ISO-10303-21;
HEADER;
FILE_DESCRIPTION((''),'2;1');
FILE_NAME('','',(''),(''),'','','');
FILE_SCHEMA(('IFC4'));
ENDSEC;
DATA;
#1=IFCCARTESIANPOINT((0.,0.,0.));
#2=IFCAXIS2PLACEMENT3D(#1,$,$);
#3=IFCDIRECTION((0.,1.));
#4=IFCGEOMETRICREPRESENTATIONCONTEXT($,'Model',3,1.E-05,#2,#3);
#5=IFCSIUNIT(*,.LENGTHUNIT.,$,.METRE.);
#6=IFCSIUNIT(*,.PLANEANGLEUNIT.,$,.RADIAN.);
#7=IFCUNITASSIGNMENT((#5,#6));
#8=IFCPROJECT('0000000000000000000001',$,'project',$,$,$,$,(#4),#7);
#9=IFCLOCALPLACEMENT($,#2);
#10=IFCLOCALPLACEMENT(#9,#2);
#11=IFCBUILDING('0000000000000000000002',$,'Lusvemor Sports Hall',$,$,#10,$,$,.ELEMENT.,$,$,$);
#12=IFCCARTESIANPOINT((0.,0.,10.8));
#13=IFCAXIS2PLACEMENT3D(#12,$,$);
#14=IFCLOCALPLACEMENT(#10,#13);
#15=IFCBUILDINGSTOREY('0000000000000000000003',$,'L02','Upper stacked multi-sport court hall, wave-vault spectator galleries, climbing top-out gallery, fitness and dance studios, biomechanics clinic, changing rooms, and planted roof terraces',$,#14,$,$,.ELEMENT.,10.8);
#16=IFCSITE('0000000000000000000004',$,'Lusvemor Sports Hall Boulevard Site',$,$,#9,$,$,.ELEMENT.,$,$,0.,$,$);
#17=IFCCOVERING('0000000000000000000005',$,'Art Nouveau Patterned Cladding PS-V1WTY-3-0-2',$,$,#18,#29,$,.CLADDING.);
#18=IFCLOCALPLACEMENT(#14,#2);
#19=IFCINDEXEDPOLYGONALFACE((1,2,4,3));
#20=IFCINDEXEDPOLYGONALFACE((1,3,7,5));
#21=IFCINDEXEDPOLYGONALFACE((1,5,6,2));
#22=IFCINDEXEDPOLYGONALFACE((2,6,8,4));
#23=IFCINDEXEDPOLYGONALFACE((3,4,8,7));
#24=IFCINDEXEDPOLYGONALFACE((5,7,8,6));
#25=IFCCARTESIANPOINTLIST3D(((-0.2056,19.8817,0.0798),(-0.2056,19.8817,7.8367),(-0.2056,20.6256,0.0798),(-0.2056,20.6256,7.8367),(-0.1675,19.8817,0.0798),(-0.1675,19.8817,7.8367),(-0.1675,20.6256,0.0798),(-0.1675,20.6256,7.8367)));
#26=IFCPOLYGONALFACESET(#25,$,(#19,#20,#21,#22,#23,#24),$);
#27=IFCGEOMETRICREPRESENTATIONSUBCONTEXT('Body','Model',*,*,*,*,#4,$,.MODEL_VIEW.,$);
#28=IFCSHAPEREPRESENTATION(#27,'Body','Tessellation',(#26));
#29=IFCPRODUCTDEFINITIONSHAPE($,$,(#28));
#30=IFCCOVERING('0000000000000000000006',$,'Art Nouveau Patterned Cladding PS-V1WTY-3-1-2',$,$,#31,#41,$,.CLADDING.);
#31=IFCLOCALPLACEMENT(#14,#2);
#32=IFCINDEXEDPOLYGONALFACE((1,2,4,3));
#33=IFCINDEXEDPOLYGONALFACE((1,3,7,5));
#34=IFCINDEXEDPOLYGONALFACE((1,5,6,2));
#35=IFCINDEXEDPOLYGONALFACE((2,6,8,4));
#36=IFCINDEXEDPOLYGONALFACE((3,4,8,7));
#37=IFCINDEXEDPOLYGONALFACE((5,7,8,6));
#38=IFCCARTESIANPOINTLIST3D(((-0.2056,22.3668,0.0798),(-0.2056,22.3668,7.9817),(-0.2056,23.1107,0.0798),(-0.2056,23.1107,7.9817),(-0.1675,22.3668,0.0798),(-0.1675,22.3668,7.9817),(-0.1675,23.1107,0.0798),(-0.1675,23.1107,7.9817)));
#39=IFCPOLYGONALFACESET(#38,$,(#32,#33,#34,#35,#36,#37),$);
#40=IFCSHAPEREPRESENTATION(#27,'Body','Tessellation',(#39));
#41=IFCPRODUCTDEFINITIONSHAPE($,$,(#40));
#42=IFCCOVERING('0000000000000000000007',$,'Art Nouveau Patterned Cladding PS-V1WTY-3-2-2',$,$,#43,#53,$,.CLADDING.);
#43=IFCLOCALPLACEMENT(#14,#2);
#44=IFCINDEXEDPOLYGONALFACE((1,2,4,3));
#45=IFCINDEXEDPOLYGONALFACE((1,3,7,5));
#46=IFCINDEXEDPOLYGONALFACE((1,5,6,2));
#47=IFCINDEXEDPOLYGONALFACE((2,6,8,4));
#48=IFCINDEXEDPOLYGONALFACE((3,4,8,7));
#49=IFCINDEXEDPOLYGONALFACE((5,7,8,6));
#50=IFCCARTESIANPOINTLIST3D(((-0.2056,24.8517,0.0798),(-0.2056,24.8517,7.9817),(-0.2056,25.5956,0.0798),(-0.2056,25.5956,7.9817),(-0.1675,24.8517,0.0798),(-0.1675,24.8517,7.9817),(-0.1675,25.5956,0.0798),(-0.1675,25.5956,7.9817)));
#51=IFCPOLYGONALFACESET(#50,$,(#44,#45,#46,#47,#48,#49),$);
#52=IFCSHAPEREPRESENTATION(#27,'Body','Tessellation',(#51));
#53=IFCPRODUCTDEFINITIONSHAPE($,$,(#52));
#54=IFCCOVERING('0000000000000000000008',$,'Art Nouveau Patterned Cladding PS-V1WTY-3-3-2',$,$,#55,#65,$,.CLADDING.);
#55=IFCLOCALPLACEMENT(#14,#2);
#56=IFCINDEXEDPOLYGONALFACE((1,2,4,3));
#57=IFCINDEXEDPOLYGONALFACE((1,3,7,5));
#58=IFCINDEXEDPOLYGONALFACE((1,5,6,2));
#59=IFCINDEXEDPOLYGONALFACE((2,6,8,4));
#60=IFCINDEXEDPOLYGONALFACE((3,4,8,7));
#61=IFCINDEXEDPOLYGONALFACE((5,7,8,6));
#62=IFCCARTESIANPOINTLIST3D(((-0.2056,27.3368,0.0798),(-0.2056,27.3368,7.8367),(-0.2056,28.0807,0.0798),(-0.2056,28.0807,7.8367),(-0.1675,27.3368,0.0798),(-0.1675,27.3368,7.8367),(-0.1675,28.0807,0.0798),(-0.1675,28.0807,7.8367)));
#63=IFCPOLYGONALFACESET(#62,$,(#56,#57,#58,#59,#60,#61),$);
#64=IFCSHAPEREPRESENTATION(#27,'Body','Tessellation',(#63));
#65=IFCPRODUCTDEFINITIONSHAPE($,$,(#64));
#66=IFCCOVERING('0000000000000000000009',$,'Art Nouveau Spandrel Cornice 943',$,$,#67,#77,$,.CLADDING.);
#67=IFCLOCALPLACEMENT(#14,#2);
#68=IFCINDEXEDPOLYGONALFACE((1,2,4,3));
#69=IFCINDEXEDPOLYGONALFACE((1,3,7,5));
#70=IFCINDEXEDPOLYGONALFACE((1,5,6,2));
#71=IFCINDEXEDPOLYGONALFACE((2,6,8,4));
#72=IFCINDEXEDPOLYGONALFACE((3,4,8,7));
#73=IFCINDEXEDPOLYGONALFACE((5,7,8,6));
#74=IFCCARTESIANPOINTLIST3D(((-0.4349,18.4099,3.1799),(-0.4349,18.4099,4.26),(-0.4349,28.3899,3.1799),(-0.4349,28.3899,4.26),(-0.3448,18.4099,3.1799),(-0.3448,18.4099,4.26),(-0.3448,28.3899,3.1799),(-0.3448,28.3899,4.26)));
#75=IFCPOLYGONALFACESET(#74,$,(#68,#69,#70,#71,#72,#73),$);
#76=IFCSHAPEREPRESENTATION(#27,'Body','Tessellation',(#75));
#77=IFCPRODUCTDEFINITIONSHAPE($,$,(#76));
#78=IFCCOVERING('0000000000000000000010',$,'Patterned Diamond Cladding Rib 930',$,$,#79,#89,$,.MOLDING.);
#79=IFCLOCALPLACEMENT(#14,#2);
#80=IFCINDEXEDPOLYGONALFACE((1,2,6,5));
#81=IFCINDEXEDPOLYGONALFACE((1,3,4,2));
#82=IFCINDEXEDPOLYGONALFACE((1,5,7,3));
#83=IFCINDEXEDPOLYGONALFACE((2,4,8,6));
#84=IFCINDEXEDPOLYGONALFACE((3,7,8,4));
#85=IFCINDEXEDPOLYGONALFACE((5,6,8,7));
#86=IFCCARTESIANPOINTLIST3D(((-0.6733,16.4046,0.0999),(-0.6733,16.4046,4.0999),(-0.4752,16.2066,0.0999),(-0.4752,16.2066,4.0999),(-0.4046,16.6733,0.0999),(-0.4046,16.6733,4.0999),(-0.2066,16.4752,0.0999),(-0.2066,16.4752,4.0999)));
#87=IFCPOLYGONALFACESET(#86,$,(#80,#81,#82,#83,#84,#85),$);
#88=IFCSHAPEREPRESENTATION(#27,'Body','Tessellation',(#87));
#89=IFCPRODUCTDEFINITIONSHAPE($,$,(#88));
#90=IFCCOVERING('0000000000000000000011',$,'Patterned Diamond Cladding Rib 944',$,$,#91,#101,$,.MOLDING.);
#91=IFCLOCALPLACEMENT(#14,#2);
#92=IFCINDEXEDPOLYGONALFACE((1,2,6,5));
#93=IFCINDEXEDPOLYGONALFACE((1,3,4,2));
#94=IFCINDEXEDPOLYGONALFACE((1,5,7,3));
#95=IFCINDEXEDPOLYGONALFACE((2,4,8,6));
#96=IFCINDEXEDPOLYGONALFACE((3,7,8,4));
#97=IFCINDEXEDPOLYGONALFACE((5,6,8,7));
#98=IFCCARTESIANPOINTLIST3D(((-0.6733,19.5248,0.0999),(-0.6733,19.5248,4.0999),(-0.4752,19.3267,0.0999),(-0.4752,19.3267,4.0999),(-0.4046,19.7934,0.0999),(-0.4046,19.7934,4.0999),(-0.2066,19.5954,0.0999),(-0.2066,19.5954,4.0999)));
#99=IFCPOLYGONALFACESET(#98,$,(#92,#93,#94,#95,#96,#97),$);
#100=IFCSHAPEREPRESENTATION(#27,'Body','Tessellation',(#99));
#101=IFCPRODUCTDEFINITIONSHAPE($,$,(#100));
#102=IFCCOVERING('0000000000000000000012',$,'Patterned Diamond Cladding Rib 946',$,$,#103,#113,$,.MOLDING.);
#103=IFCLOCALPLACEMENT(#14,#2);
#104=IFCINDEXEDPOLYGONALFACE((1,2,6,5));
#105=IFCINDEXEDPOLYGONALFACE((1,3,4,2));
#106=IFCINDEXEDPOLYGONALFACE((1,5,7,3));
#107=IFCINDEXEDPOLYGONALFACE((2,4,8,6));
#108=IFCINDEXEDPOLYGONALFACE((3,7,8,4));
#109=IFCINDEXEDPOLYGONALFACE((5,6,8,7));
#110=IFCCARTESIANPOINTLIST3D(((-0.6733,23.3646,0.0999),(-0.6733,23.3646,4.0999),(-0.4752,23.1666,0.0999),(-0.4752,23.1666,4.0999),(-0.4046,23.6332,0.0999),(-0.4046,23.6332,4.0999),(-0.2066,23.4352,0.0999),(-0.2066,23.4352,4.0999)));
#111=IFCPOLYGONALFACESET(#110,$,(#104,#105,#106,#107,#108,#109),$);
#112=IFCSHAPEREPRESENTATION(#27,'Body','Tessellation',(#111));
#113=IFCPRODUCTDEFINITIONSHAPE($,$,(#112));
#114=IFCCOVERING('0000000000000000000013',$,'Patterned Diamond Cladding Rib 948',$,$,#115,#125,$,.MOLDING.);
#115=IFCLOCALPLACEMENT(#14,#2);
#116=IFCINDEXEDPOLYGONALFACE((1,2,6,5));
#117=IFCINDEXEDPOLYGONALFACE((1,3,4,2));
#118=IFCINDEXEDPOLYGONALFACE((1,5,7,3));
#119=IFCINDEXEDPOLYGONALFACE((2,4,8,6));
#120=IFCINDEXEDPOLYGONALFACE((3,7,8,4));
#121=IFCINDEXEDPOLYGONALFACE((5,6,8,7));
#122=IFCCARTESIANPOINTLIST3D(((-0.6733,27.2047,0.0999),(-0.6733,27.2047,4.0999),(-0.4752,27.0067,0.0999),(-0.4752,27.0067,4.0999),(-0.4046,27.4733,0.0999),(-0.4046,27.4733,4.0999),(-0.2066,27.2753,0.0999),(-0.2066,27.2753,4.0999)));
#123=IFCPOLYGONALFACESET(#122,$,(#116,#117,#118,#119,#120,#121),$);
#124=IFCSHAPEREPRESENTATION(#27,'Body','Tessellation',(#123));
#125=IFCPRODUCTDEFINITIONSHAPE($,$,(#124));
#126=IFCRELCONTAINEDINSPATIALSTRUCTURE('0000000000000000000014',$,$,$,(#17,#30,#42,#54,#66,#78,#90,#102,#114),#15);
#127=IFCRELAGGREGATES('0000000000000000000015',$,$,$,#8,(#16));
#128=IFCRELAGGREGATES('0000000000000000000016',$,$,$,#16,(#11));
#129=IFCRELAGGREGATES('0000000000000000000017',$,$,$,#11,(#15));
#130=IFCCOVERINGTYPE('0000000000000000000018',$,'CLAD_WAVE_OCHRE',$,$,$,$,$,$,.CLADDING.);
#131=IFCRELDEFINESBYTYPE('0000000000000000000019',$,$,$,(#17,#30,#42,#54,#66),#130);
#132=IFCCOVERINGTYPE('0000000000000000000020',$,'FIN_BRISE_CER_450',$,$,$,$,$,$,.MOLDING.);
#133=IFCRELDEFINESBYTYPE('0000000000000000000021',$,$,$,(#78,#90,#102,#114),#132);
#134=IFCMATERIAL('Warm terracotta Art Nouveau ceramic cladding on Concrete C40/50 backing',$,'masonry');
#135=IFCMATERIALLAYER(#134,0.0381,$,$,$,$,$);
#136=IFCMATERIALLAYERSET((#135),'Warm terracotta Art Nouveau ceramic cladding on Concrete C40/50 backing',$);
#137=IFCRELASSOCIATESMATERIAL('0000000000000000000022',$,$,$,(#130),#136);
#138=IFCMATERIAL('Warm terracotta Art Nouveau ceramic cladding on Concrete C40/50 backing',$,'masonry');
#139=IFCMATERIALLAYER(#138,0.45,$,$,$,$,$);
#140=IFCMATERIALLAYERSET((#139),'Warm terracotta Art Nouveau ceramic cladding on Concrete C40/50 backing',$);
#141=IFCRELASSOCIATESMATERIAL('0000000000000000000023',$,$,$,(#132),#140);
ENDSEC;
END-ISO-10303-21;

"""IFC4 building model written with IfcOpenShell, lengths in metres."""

from ifc_helpers import new_model, si_unit, direction, frame, origin, origin_2d, place, context, subcontext, project, spatial, rectangle, extrude, material, layer, layer_set, type_object, element, save


model = new_model("IFC4")

# Units and contexts
model_context = context("Model", 3, precision=1e-05, world=origin(), true_north=direction((0.0, 1.0)))
body_context = subcontext(model_context, "Body", "Model", "MODEL_VIEW")
ifc_project = project(units=[si_unit("LENGTHUNIT", "METRE"), si_unit("PLANEANGLEUNIT", "RADIAN")], contexts=[model_context])

# Site, building, storey
site_placement = place(None, origin())
site = spatial("IfcSite", under=ifc_project, at=site_placement, Name="Lusvemor Sports Hall Boulevard Site", CompositionType="ELEMENT", RefElevation=0.0)
building_placement = place(site_placement, origin())
building = spatial("IfcBuilding", under=site, at=building_placement, Name="Lusvemor Sports Hall", CompositionType="ELEMENT")
storey_placement = place(building_placement, frame((0.0, 0.0, 10.8)))
storey = spatial("IfcBuildingStorey", under=building, at=storey_placement, Name="L02", Description="Upper stacked multi-sport court hall, wave-vault spectator galleries, climbing top-out gallery, fitness and dance studios, biomechanics clinic, changing rooms, and planted roof terraces", CompositionType="ELEMENT", Elevation=10.8)

# Coverings
ifc_material_1 = material(Name="Warm terracotta Art Nouveau ceramic cladding on Concrete C40/50 backing", Category="masonry")
ifc_layer_1 = layer(ifc_material_1, 0.0381)
ifc_layer_set_1 = layer_set([ifc_layer_1], Name="Warm terracotta Art Nouveau ceramic cladding on Concrete C40/50 backing")
covering_type_1 = type_object("IfcCoveringType", Name="CLAD_WAVE_OCHRE", PredefinedType="CLADDING", material=ifc_layer_set_1)
covering_1_placement = place(storey_placement, frame((-0.1865, 20.2537, 0.0798), z_axis=(0.0, 0.0, 1.0), x_axis=(1.0, 0.0, 0.0)))
element("IfcCovering", 1, at=covering_1_placement, inside=storey, type_object=covering_type_1, Name="Art Nouveau Patterned Cladding PS-V1WTY-3-0-2", PredefinedType="CLADDING", context=body_context, shape_type="SweptSolid", body=[
    extrude(rectangle(XDim=0.0381, YDim=0.7439, at=origin_2d()), origin(), (0.0, 0.0, 1.0), 7.7568),
])
for number, where, z_axis, x_axis, name in (
    (2, (-0.1865, 22.7388, 0.0798), (0.0, 0.0, 1.0), (1.0, 0.0, 0.0), "Art Nouveau Patterned Cladding PS-V1WTY-3-1-2"),
    (3, (-0.1865, 25.2236, 0.0798), (0.0, 0.0, 1.0), (1.0, 0.0, 0.0), "Art Nouveau Patterned Cladding PS-V1WTY-3-2-2"),
):
    element("IfcCovering", number, at=place(storey_placement, frame(where, z_axis=z_axis, x_axis=x_axis)), inside=storey, type_object=covering_type_1, Name=name, PredefinedType="CLADDING", context=body_context, shape_type="SweptSolid", body=[
        extrude(rectangle(XDim=0.0381, YDim=0.7439, at=origin_2d()), origin(), (0.0, 0.0, 1.0), 7.9019),
    ])
covering_2_placement = place(storey_placement, frame((-0.1865, 27.7087, 0.0798), z_axis=(0.0, 0.0, 1.0), x_axis=(1.0, 0.0, 0.0)))
element("IfcCovering", 4, at=covering_2_placement, inside=storey, type_object=covering_type_1, Name="Art Nouveau Patterned Cladding PS-V1WTY-3-3-2", PredefinedType="CLADDING", context=body_context, shape_type="SweptSolid", body=[
    extrude(rectangle(XDim=0.0381, YDim=0.7439, at=origin_2d()), origin(), (0.0, 0.0, 1.0), 7.7568),
])
covering_3_placement = place(storey_placement, frame((-0.3899, 23.3999, 3.1799), z_axis=(0.0, 0.0, 1.0), x_axis=(1.0, 0.0, 0.0)))
element("IfcCovering", 5, at=covering_3_placement, inside=storey, type_object=covering_type_1, Name="Art Nouveau Spandrel Cornice 943", PredefinedType="CLADDING", context=body_context, shape_type="SweptSolid", body=[
    extrude(rectangle(XDim=0.0901, YDim=9.98, at=origin_2d()), origin(), (0.0, 0.0, 1.0), 1.0801),
])
ifc_material_2 = material(Name="Warm terracotta Art Nouveau ceramic cladding on Concrete C40/50 backing", Category="masonry")
ifc_layer_2 = layer(ifc_material_2, 0.45)
ifc_layer_set_2 = layer_set([ifc_layer_2], Name="Warm terracotta Art Nouveau ceramic cladding on Concrete C40/50 backing")
covering_type_2 = type_object("IfcCoveringType", Name="FIN_BRISE_CER_450", PredefinedType="MOLDING", material=ifc_layer_set_2)
for number, where, z_axis, x_axis, name in (
    (6, (-0.4399, 16.4399, 0.0999), (0.0, 0.0, 1.0), (0.707107, 0.707107, 0.0), "Patterned Diamond Cladding Rib 930"),
    (7, (-0.4399, 19.5601, 0.0999), (0.0, 0.0, 1.0), (0.707107, 0.707107, 0.0), "Patterned Diamond Cladding Rib 944"),
    (8, (-0.4399, 23.3999, 0.0999), (0.0, 0.0, 1.0), (0.707107, 0.707107, 0.0), "Patterned Diamond Cladding Rib 946"),
    (9, (-0.4399, 27.24, 0.0999), (0.0, 0.0, 1.0), (0.707107, 0.707107, 0.0), "Patterned Diamond Cladding Rib 948"),
):
    element("IfcCovering", number, at=place(storey_placement, frame(where, z_axis=z_axis, x_axis=x_axis)), inside=storey, type_object=covering_type_2, Name=name, PredefinedType="MOLDING", context=body_context, shape_type="SweptSolid", body=[
        extrude(rectangle(XDim=0.3799, YDim=0.28, at=origin_2d()), origin(), (0.0, 0.0, 1.0), 4.0),
    ])

save(model, "model.ifc")
